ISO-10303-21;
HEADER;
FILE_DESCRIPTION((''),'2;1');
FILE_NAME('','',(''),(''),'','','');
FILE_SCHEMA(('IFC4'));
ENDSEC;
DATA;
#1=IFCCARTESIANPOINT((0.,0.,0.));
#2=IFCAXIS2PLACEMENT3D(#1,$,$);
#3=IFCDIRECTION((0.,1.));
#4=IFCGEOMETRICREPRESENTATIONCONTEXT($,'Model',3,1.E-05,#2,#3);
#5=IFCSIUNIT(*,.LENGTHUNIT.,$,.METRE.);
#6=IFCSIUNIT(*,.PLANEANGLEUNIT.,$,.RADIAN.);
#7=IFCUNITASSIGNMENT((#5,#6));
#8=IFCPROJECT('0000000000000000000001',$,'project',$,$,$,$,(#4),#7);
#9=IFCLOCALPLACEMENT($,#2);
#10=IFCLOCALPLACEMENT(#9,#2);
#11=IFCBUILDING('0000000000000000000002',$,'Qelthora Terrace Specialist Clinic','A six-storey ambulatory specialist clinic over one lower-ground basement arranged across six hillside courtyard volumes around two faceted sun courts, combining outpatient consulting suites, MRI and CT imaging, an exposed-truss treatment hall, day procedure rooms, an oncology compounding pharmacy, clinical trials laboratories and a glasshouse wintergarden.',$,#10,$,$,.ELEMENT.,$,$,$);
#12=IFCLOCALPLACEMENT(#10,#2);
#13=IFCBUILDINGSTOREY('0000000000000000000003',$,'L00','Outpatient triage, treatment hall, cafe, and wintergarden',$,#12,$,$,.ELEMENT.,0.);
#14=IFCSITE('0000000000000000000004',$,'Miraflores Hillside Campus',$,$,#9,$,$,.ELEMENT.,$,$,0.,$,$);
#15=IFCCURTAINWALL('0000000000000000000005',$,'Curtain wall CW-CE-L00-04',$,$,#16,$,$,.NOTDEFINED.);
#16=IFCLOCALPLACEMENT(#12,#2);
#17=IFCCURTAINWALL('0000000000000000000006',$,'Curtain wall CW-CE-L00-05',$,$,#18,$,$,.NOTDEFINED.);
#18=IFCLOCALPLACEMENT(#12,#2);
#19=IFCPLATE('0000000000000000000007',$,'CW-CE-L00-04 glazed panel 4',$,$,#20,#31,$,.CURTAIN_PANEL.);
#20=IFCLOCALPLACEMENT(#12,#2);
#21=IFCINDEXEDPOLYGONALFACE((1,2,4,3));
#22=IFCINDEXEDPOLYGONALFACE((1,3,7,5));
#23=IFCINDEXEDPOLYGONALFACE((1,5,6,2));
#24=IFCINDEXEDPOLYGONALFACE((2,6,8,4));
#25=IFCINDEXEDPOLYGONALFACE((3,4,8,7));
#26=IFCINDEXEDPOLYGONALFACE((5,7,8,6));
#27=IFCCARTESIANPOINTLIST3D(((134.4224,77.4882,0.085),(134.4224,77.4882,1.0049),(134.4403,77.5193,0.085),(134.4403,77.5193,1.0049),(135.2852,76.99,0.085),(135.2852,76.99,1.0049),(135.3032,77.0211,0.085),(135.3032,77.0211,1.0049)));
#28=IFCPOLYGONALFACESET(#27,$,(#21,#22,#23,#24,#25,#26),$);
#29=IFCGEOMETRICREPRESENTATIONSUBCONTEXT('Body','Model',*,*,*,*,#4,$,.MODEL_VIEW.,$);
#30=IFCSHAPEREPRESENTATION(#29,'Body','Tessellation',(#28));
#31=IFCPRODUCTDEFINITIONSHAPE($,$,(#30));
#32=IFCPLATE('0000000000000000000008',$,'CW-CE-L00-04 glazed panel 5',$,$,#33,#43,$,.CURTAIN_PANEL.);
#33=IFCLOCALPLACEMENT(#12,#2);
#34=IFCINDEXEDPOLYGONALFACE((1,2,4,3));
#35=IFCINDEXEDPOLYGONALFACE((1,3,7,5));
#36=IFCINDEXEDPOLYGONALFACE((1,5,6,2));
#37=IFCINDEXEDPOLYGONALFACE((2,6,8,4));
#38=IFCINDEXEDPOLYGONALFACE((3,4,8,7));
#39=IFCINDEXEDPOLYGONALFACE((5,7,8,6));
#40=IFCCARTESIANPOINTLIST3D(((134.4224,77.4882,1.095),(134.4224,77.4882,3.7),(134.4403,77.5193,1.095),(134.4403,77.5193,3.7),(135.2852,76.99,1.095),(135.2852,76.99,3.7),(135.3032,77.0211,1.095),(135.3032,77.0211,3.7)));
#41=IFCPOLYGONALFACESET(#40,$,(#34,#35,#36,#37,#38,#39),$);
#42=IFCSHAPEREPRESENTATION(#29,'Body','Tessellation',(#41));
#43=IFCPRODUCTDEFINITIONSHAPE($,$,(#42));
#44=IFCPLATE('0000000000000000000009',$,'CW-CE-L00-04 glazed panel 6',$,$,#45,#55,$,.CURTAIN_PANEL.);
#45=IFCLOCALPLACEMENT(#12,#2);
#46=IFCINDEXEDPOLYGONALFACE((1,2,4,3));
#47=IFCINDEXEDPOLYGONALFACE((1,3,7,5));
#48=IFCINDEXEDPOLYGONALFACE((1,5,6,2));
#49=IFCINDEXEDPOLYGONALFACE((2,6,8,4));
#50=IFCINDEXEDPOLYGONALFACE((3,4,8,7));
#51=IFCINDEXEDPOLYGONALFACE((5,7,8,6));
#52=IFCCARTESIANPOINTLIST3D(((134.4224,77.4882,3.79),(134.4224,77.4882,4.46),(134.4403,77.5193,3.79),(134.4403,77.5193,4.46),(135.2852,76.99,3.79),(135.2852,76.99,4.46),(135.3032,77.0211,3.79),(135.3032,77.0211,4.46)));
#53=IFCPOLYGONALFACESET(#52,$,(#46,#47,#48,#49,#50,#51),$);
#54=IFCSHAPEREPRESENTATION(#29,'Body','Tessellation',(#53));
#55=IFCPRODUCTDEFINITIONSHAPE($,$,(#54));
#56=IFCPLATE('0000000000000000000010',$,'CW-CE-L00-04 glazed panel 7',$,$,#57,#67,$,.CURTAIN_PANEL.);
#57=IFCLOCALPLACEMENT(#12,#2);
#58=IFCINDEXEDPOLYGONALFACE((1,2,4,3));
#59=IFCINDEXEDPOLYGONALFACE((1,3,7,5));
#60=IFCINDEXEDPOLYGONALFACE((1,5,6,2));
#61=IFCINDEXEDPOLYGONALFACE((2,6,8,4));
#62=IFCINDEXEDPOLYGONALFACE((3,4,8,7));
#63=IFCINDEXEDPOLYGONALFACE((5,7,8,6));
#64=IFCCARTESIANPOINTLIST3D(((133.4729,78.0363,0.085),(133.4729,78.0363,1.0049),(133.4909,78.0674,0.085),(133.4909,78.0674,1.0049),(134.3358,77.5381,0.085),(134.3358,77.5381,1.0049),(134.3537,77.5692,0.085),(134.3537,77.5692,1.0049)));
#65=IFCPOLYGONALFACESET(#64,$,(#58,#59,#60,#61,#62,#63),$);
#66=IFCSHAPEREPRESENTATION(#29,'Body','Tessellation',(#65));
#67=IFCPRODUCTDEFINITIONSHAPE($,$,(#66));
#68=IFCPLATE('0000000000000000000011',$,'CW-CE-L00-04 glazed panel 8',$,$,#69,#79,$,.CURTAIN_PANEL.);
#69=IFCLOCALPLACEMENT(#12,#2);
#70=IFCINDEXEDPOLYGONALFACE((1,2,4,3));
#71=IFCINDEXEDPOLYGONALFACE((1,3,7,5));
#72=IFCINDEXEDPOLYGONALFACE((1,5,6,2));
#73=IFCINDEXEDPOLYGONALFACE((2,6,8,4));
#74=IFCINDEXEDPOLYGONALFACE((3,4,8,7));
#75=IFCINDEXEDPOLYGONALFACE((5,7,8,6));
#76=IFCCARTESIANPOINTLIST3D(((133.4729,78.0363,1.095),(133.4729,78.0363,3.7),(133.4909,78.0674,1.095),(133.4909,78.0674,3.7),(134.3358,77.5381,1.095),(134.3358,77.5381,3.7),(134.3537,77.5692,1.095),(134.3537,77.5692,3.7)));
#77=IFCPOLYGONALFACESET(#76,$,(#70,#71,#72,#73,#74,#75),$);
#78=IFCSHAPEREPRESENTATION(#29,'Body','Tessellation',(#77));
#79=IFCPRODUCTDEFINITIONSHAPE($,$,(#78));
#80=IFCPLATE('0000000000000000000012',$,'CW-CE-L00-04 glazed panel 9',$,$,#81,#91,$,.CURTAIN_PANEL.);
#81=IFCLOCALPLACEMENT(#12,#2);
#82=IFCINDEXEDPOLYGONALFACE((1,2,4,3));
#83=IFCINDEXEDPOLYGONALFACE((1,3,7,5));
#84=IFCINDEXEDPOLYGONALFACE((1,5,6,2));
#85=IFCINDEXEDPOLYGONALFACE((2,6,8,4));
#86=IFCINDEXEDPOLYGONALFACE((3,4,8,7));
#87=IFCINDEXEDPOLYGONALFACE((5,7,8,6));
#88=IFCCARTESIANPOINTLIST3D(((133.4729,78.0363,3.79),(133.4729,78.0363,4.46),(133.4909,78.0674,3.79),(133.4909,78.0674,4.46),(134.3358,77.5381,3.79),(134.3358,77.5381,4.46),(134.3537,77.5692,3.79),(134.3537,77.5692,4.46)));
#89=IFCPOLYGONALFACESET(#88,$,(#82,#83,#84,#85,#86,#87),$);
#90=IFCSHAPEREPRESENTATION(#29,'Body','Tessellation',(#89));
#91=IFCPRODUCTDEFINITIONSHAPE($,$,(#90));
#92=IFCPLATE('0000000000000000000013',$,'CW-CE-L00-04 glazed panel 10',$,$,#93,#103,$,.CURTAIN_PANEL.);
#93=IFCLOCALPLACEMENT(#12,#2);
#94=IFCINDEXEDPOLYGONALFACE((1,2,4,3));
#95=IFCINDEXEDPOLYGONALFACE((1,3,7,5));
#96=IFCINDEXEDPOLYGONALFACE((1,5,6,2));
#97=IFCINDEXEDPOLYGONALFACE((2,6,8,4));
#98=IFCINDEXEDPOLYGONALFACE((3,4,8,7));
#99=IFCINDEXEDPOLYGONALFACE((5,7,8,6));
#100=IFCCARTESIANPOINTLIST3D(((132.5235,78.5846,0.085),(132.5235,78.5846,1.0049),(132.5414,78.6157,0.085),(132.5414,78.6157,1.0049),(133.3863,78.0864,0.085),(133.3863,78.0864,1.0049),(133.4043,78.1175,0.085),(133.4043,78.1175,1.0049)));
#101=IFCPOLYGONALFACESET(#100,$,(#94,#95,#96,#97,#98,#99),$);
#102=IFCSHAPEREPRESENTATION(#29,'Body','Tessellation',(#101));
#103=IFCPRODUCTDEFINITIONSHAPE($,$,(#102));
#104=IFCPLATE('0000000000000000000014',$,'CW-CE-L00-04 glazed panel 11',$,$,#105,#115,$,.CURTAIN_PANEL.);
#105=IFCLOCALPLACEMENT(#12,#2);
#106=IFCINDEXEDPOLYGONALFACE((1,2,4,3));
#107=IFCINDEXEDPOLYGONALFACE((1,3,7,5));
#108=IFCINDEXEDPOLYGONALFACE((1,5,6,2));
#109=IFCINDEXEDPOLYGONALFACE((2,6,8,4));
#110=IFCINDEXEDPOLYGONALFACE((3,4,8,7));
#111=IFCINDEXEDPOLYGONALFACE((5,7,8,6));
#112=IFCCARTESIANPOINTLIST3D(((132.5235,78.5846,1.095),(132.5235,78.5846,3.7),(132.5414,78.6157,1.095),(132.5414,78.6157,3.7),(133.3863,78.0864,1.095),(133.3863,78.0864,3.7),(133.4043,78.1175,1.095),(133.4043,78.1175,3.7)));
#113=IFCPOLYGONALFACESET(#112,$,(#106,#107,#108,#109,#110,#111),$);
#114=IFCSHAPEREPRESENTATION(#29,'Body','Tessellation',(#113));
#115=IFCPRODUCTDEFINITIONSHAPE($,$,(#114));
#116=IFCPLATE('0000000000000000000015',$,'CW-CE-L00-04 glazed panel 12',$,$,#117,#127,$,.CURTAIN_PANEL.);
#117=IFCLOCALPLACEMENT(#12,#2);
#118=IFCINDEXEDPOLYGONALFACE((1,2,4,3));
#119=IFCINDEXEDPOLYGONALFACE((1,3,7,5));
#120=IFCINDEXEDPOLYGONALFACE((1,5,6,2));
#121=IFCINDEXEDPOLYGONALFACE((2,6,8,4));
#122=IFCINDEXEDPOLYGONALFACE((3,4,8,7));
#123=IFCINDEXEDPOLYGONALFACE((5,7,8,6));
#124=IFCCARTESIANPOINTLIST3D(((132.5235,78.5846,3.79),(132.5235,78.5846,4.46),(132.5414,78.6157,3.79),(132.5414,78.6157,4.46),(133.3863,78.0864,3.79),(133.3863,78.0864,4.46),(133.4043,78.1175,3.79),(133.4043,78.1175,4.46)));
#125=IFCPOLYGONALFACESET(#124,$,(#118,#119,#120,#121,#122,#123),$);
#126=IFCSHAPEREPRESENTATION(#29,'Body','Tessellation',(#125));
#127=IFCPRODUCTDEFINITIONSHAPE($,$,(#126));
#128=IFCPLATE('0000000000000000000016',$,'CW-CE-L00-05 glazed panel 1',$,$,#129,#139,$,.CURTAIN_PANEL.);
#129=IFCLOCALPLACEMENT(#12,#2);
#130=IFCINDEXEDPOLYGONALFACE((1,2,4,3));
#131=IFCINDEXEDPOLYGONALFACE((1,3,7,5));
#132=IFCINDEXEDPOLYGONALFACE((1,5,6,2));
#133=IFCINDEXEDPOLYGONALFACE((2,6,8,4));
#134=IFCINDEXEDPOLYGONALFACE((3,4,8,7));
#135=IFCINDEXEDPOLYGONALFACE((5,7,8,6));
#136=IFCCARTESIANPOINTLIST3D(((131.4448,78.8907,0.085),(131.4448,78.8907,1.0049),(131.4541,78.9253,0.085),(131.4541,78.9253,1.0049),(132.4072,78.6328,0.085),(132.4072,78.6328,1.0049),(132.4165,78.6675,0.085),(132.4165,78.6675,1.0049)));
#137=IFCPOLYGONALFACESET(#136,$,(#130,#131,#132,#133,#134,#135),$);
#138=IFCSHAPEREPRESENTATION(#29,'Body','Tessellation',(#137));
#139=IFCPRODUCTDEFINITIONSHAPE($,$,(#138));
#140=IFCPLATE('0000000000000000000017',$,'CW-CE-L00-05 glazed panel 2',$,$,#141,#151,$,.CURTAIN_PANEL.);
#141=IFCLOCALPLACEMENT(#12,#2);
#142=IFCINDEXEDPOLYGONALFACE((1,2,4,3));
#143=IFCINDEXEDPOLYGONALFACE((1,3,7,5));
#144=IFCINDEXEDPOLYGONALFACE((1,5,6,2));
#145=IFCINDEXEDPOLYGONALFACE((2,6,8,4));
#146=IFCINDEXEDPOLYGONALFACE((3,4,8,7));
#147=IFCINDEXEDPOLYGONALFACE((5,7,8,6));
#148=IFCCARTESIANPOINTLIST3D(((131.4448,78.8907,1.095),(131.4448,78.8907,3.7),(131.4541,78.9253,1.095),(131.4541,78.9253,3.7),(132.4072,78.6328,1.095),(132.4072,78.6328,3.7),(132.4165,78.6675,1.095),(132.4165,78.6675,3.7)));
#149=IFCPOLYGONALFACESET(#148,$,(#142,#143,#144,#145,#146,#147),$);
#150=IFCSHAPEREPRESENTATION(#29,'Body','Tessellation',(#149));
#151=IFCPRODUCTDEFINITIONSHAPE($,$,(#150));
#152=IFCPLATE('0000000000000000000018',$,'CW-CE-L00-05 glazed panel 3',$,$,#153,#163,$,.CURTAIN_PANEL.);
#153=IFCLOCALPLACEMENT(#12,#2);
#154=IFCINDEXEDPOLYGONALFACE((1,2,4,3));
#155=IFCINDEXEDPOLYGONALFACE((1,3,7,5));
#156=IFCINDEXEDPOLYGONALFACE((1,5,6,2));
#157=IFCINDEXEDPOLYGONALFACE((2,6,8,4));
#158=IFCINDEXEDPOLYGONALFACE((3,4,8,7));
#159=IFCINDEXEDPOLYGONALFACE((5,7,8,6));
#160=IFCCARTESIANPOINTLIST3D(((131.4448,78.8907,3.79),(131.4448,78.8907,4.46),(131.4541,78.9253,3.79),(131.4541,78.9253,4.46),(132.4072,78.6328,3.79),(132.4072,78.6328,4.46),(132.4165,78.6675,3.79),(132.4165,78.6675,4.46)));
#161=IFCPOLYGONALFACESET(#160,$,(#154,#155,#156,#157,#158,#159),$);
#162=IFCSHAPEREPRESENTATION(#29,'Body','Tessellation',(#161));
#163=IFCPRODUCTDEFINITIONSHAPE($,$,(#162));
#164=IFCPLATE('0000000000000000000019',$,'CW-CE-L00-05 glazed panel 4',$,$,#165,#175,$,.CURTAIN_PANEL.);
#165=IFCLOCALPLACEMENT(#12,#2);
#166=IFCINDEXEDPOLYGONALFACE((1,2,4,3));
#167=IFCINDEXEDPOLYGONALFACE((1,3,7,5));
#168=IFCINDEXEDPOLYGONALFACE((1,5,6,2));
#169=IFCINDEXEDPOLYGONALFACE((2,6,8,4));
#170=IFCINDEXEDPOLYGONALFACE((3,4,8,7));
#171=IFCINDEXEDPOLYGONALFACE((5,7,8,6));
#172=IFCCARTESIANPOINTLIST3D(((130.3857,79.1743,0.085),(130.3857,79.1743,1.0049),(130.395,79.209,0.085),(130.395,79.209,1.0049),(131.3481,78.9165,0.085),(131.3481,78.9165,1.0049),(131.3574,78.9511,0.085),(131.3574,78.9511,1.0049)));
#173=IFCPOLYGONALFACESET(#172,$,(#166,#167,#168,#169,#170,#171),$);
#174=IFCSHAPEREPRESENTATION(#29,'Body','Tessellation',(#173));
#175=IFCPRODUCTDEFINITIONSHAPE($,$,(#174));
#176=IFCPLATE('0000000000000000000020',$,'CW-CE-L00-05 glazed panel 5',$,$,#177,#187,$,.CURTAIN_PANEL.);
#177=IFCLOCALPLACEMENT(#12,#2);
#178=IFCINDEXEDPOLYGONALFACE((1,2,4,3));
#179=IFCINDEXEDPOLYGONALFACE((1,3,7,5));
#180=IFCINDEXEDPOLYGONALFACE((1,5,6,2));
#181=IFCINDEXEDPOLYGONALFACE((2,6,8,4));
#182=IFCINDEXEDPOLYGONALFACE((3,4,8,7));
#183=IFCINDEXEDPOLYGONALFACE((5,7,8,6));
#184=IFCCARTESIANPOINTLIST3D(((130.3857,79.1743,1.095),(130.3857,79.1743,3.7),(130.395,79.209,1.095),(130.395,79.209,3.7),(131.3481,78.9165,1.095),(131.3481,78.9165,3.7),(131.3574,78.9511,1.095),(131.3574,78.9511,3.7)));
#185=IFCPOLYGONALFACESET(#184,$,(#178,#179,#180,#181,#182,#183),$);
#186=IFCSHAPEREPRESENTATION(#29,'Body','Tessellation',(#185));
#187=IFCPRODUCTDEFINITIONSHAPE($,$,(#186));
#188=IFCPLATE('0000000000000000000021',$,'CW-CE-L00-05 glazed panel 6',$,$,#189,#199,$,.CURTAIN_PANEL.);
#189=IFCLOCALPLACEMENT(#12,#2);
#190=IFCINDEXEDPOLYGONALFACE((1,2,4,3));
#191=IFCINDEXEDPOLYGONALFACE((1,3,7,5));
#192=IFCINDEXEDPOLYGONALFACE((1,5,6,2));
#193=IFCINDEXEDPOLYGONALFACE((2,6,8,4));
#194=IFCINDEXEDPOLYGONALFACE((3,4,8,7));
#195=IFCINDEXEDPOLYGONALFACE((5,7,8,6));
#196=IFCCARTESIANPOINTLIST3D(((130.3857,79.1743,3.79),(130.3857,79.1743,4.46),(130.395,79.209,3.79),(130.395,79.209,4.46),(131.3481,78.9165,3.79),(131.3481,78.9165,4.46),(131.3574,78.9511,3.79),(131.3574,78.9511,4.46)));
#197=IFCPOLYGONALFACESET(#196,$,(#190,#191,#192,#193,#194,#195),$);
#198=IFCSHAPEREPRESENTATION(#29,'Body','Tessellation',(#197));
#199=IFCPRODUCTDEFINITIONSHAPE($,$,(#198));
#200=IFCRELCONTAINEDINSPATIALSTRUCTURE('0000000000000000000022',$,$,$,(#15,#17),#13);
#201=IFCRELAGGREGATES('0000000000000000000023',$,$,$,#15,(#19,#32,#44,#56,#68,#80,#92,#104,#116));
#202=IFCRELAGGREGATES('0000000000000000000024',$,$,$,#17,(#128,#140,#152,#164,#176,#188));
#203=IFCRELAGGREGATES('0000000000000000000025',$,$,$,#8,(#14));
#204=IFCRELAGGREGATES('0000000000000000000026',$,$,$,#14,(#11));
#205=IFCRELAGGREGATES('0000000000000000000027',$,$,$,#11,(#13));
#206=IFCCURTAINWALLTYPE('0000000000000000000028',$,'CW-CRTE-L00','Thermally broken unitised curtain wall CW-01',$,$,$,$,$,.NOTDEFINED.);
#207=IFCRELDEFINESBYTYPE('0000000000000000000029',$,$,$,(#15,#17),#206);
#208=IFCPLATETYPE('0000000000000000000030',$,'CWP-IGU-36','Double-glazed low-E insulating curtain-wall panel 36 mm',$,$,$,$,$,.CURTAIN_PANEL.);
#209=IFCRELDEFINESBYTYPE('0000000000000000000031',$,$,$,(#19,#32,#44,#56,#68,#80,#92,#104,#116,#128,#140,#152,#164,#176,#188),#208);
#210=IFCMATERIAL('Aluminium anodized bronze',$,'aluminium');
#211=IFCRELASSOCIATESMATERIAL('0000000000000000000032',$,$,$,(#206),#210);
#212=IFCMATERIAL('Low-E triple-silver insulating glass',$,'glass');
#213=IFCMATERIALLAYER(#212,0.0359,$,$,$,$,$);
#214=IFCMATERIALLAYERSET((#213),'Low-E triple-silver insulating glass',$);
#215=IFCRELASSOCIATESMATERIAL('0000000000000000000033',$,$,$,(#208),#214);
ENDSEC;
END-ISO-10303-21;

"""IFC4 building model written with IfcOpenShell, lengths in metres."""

from ifc_helpers import new_model, si_unit, direction, frame, origin, origin_2d, place, context, subcontext, project, spatial, rectangle, extrude, material, layer, layer_set, type_object, element, aggregate, save


model = new_model("IFC4")

# Units and contexts
model_context = context("Model", 3, precision=1e-05, world=origin(), true_north=direction((0.0, 1.0)))
body_context = subcontext(model_context, "Body", "Model", "MODEL_VIEW")
ifc_project = project(units=[si_unit("LENGTHUNIT", "METRE"), si_unit("PLANEANGLEUNIT", "RADIAN")], contexts=[model_context])

# Site, building, storey
site_placement = place(None, origin())
site = spatial("IfcSite", under=ifc_project, at=site_placement, Name="Miraflores Hillside Campus", CompositionType="ELEMENT", RefElevation=0.0)
building_placement = place(site_placement, origin())
building = spatial("IfcBuilding", under=site, at=building_placement, Name="Qelthora Terrace Specialist Clinic", Description="A six-storey ambulatory specialist clinic over one lower-ground basement arranged across six hillside courtyard volumes around two faceted sun courts, combining outpatient consulting suites, MRI and CT imaging, an exposed-truss treatment hall, day procedure rooms, an oncology compounding pharmacy, clinical trials laboratories and a glasshouse wintergarden.", CompositionType="ELEMENT")
storey_placement = place(building_placement, origin())
storey = spatial("IfcBuildingStorey", under=building, at=storey_placement, Name="L00", Description="Outpatient triage, treatment hall, cafe, and wintergarden", CompositionType="ELEMENT", Elevation=0.0)

# Curtain walls
ifc_material_1 = material(Name="Aluminium anodized bronze", Category="aluminium")
curtain_wall_type = type_object("IfcCurtainWallType", Name="CW-CRTE-L00", Description="Thermally broken unitised curtain wall CW-01", PredefinedType="NOTDEFINED", material=ifc_material_1)
curtain_wall_1_placement = place(storey_placement, origin())
curtain_wall_1 = element("IfcCurtainWall", 1, at=curtain_wall_1_placement, inside=storey, type_object=curtain_wall_type, Name="Curtain wall CW-CE-L00-04", PredefinedType="NOTDEFINED")
curtain_wall_2_placement = place(storey_placement, origin())
curtain_wall_2 = element("IfcCurtainWall", 2, at=curtain_wall_2_placement, inside=storey, type_object=curtain_wall_type, Name="Curtain wall CW-CE-L00-05", PredefinedType="NOTDEFINED")

# Plates
ifc_material_2 = material(Name="Low-E triple-silver insulating glass", Category="glass")
ifc_layer = layer(ifc_material_2, 0.0359)
ifc_layer_set = layer_set([ifc_layer], Name="Low-E triple-silver insulating glass")
plate_type = type_object("IfcPlateType", Name="CWP-IGU-36", Description="Double-glazed low-E insulating curtain-wall panel 36 mm", PredefinedType="CURTAIN_PANEL", material=ifc_layer_set)
plate_1_placement = place(storey_placement, frame((134.8628, 77.2546, 0.085), z_axis=(0.0, 0.0, 1.0), x_axis=(-0.866025, 0.5, 0.0)))
plate_1 = element("IfcPlate", 3, at=plate_1_placement, type_object=plate_type, Name="CW-CE-L00-04 glazed panel 4", PredefinedType="CURTAIN_PANEL", context=body_context, shape_type="SweptSolid", body=[
    extrude(rectangle(XDim=0.9963, YDim=0.0359, at=origin_2d()), origin(), (0.0, 0.0, 1.0), 0.9199),
])
plate_2_placement = place(storey_placement, frame((134.8628, 77.2546, 1.095), z_axis=(0.0, 0.0, 1.0), x_axis=(-0.866025, 0.5, 0.0)))
plate_2 = element("IfcPlate", 4, at=plate_2_placement, type_object=plate_type, Name="CW-CE-L00-04 glazed panel 5", PredefinedType="CURTAIN_PANEL", context=body_context, shape_type="SweptSolid", body=[
    extrude(rectangle(XDim=0.9963, YDim=0.0359, at=origin_2d()), origin(), (0.0, 0.0, 1.0), 2.605),
])
plate_3_placement = place(storey_placement, frame((134.8628, 77.2546, 3.79), z_axis=(0.0, 0.0, 1.0), x_axis=(-0.866025, 0.5, 0.0)))
plate_3 = element("IfcPlate", 5, at=plate_3_placement, type_object=plate_type, Name="CW-CE-L00-04 glazed panel 6", PredefinedType="CURTAIN_PANEL", context=body_context, shape_type="SweptSolid", body=[
    extrude(rectangle(XDim=0.9963, YDim=0.0359, at=origin_2d()), origin(), (0.0, 0.0, 1.0), 0.6699),
])
plate_4_placement = place(storey_placement, frame((133.9133, 77.8027, 0.085), z_axis=(0.0, 0.0, 1.0), x_axis=(-0.866025, 0.5, 0.0)))
plate_4 = element("IfcPlate", 6, at=plate_4_placement, type_object=plate_type, Name="CW-CE-L00-04 glazed panel 7", PredefinedType="CURTAIN_PANEL", context=body_context, shape_type="SweptSolid", body=[
    extrude(rectangle(XDim=0.9963, YDim=0.0359, at=origin_2d()), origin(), (0.0, 0.0, 1.0), 0.9199),
])
plate_5_placement = place(storey_placement, frame((133.9133, 77.8027, 1.095), z_axis=(0.0, 0.0, 1.0), x_axis=(-0.866025, 0.5, 0.0)))
plate_5 = element("IfcPlate", 7, at=plate_5_placement, type_object=plate_type, Name="CW-CE-L00-04 glazed panel 8", PredefinedType="CURTAIN_PANEL", context=body_context, shape_type="SweptSolid", body=[
    extrude(rectangle(XDim=0.9963, YDim=0.0359, at=origin_2d()), origin(), (0.0, 0.0, 1.0), 2.605),
])
plate_6_placement = place(storey_placement, frame((133.9133, 77.8027, 3.79), z_axis=(0.0, 0.0, 1.0), x_axis=(-0.866025, 0.5, 0.0)))
plate_6 = element("IfcPlate", 8, at=plate_6_placement, type_object=plate_type, Name="CW-CE-L00-04 glazed panel 9", PredefinedType="CURTAIN_PANEL", context=body_context, shape_type="SweptSolid", body=[
    extrude(rectangle(XDim=0.9963, YDim=0.0359, at=origin_2d()), origin(), (0.0, 0.0, 1.0), 0.6699),
])
plate_7_placement = place(storey_placement, frame((132.9639, 78.3511, 0.085), z_axis=(0.0, 0.0, 1.0), x_axis=(-0.866025, 0.5, 0.0)))
plate_7 = element("IfcPlate", 9, at=plate_7_placement, type_object=plate_type, Name="CW-CE-L00-04 glazed panel 10", PredefinedType="CURTAIN_PANEL", context=body_context, shape_type="SweptSolid", body=[
    extrude(rectangle(XDim=0.9963, YDim=0.0359, at=origin_2d()), origin(), (0.0, 0.0, 1.0), 0.9199),
])
plate_8_placement = place(storey_placement, frame((132.9639, 78.3511, 1.095), z_axis=(0.0, 0.0, 1.0), x_axis=(-0.866025, 0.5, 0.0)))
plate_8 = element("IfcPlate", 10, at=plate_8_placement, type_object=plate_type, Name="CW-CE-L00-04 glazed panel 11", PredefinedType="CURTAIN_PANEL", context=body_context, shape_type="SweptSolid", body=[
    extrude(rectangle(XDim=0.9963, YDim=0.0359, at=origin_2d()), origin(), (0.0, 0.0, 1.0), 2.605),
])
plate_9_placement = place(storey_placement, frame((132.9639, 78.3511, 3.79), z_axis=(0.0, 0.0, 1.0), x_axis=(-0.866025, 0.5, 0.0)))
plate_9 = element("IfcPlate", 11, at=plate_9_placement, type_object=plate_type, Name="CW-CE-L00-04 glazed panel 12", PredefinedType="CURTAIN_PANEL", context=body_context, shape_type="SweptSolid", body=[
    extrude(rectangle(XDim=0.9963, YDim=0.0359, at=origin_2d()), origin(), (0.0, 0.0, 1.0), 0.6699),
])
aggregate(curtain_wall_1, [plate_1, plate_2, plate_3, plate_4, plate_5, plate_6, plate_7, plate_8, plate_9])
plate_10_placement = place(storey_placement, frame((131.9307, 78.7791, 0.085), z_axis=(0.0, 0.0, 1.0), x_axis=(-0.965926, 0.258819, 0.0)))
plate_10 = element("IfcPlate", 12, at=plate_10_placement, type_object=plate_type, Name="CW-CE-L00-05 glazed panel 1", PredefinedType="CURTAIN_PANEL", context=body_context, shape_type="SweptSolid", body=[
    extrude(rectangle(XDim=0.9963, YDim=0.0359, at=origin_2d()), origin(), (0.0, 0.0, 1.0), 0.9199),
])
plate_11_placement = place(storey_placement, frame((131.9307, 78.7791, 1.095), z_axis=(0.0, 0.0, 1.0), x_axis=(-0.965926, 0.258819, 0.0)))
plate_11 = element("IfcPlate", 13, at=plate_11_placement, type_object=plate_type, Name="CW-CE-L00-05 glazed panel 2", PredefinedType="CURTAIN_PANEL", context=body_context, shape_type="SweptSolid", body=[
    extrude(rectangle(XDim=0.9963, YDim=0.0359, at=origin_2d()), origin(), (0.0, 0.0, 1.0), 2.605),
])
plate_12_placement = place(storey_placement, frame((131.9307, 78.7791, 3.79), z_axis=(0.0, 0.0, 1.0), x_axis=(-0.965926, 0.258819, 0.0)))
plate_12 = element("IfcPlate", 14, at=plate_12_placement, type_object=plate_type, Name="CW-CE-L00-05 glazed panel 3", PredefinedType="CURTAIN_PANEL", context=body_context, shape_type="SweptSolid", body=[
    extrude(rectangle(XDim=0.9963, YDim=0.0359, at=origin_2d()), origin(), (0.0, 0.0, 1.0), 0.6699),
])
plate_13_placement = place(storey_placement, frame((130.8716, 79.0627, 0.085), z_axis=(0.0, 0.0, 1.0), x_axis=(-0.965926, 0.258819, 0.0)))
plate_13 = element("IfcPlate", 15, at=plate_13_placement, type_object=plate_type, Name="CW-CE-L00-05 glazed panel 4", PredefinedType="CURTAIN_PANEL", context=body_context, shape_type="SweptSolid", body=[
    extrude(rectangle(XDim=0.9963, YDim=0.0359, at=origin_2d()), origin(), (0.0, 0.0, 1.0), 0.9199),
])
plate_14_placement = place(storey_placement, frame((130.8716, 79.0627, 1.095), z_axis=(0.0, 0.0, 1.0), x_axis=(-0.965926, 0.258819, 0.0)))
plate_14 = element("IfcPlate", 16, at=plate_14_placement, type_object=plate_type, Name="CW-CE-L00-05 glazed panel 5", PredefinedType="CURTAIN_PANEL", context=body_context, shape_type="SweptSolid", body=[
    extrude(rectangle(XDim=0.9963, YDim=0.0359, at=origin_2d()), origin(), (0.0, 0.0, 1.0), 2.605),
])
plate_15_placement = place(storey_placement, frame((130.8716, 79.0627, 3.79), z_axis=(0.0, 0.0, 1.0), x_axis=(-0.965926, 0.258819, 0.0)))
plate_15 = element("IfcPlate", 17, at=plate_15_placement, type_object=plate_type, Name="CW-CE-L00-05 glazed panel 6", PredefinedType="CURTAIN_PANEL", context=body_context, shape_type="SweptSolid", body=[
    extrude(rectangle(XDim=0.9963, YDim=0.0359, at=origin_2d()), origin(), (0.0, 0.0, 1.0), 0.6699),
])
aggregate(curtain_wall_2, [plate_10, plate_11, plate_12, plate_13, plate_14, plate_15])

save(model, "model.ifc")
